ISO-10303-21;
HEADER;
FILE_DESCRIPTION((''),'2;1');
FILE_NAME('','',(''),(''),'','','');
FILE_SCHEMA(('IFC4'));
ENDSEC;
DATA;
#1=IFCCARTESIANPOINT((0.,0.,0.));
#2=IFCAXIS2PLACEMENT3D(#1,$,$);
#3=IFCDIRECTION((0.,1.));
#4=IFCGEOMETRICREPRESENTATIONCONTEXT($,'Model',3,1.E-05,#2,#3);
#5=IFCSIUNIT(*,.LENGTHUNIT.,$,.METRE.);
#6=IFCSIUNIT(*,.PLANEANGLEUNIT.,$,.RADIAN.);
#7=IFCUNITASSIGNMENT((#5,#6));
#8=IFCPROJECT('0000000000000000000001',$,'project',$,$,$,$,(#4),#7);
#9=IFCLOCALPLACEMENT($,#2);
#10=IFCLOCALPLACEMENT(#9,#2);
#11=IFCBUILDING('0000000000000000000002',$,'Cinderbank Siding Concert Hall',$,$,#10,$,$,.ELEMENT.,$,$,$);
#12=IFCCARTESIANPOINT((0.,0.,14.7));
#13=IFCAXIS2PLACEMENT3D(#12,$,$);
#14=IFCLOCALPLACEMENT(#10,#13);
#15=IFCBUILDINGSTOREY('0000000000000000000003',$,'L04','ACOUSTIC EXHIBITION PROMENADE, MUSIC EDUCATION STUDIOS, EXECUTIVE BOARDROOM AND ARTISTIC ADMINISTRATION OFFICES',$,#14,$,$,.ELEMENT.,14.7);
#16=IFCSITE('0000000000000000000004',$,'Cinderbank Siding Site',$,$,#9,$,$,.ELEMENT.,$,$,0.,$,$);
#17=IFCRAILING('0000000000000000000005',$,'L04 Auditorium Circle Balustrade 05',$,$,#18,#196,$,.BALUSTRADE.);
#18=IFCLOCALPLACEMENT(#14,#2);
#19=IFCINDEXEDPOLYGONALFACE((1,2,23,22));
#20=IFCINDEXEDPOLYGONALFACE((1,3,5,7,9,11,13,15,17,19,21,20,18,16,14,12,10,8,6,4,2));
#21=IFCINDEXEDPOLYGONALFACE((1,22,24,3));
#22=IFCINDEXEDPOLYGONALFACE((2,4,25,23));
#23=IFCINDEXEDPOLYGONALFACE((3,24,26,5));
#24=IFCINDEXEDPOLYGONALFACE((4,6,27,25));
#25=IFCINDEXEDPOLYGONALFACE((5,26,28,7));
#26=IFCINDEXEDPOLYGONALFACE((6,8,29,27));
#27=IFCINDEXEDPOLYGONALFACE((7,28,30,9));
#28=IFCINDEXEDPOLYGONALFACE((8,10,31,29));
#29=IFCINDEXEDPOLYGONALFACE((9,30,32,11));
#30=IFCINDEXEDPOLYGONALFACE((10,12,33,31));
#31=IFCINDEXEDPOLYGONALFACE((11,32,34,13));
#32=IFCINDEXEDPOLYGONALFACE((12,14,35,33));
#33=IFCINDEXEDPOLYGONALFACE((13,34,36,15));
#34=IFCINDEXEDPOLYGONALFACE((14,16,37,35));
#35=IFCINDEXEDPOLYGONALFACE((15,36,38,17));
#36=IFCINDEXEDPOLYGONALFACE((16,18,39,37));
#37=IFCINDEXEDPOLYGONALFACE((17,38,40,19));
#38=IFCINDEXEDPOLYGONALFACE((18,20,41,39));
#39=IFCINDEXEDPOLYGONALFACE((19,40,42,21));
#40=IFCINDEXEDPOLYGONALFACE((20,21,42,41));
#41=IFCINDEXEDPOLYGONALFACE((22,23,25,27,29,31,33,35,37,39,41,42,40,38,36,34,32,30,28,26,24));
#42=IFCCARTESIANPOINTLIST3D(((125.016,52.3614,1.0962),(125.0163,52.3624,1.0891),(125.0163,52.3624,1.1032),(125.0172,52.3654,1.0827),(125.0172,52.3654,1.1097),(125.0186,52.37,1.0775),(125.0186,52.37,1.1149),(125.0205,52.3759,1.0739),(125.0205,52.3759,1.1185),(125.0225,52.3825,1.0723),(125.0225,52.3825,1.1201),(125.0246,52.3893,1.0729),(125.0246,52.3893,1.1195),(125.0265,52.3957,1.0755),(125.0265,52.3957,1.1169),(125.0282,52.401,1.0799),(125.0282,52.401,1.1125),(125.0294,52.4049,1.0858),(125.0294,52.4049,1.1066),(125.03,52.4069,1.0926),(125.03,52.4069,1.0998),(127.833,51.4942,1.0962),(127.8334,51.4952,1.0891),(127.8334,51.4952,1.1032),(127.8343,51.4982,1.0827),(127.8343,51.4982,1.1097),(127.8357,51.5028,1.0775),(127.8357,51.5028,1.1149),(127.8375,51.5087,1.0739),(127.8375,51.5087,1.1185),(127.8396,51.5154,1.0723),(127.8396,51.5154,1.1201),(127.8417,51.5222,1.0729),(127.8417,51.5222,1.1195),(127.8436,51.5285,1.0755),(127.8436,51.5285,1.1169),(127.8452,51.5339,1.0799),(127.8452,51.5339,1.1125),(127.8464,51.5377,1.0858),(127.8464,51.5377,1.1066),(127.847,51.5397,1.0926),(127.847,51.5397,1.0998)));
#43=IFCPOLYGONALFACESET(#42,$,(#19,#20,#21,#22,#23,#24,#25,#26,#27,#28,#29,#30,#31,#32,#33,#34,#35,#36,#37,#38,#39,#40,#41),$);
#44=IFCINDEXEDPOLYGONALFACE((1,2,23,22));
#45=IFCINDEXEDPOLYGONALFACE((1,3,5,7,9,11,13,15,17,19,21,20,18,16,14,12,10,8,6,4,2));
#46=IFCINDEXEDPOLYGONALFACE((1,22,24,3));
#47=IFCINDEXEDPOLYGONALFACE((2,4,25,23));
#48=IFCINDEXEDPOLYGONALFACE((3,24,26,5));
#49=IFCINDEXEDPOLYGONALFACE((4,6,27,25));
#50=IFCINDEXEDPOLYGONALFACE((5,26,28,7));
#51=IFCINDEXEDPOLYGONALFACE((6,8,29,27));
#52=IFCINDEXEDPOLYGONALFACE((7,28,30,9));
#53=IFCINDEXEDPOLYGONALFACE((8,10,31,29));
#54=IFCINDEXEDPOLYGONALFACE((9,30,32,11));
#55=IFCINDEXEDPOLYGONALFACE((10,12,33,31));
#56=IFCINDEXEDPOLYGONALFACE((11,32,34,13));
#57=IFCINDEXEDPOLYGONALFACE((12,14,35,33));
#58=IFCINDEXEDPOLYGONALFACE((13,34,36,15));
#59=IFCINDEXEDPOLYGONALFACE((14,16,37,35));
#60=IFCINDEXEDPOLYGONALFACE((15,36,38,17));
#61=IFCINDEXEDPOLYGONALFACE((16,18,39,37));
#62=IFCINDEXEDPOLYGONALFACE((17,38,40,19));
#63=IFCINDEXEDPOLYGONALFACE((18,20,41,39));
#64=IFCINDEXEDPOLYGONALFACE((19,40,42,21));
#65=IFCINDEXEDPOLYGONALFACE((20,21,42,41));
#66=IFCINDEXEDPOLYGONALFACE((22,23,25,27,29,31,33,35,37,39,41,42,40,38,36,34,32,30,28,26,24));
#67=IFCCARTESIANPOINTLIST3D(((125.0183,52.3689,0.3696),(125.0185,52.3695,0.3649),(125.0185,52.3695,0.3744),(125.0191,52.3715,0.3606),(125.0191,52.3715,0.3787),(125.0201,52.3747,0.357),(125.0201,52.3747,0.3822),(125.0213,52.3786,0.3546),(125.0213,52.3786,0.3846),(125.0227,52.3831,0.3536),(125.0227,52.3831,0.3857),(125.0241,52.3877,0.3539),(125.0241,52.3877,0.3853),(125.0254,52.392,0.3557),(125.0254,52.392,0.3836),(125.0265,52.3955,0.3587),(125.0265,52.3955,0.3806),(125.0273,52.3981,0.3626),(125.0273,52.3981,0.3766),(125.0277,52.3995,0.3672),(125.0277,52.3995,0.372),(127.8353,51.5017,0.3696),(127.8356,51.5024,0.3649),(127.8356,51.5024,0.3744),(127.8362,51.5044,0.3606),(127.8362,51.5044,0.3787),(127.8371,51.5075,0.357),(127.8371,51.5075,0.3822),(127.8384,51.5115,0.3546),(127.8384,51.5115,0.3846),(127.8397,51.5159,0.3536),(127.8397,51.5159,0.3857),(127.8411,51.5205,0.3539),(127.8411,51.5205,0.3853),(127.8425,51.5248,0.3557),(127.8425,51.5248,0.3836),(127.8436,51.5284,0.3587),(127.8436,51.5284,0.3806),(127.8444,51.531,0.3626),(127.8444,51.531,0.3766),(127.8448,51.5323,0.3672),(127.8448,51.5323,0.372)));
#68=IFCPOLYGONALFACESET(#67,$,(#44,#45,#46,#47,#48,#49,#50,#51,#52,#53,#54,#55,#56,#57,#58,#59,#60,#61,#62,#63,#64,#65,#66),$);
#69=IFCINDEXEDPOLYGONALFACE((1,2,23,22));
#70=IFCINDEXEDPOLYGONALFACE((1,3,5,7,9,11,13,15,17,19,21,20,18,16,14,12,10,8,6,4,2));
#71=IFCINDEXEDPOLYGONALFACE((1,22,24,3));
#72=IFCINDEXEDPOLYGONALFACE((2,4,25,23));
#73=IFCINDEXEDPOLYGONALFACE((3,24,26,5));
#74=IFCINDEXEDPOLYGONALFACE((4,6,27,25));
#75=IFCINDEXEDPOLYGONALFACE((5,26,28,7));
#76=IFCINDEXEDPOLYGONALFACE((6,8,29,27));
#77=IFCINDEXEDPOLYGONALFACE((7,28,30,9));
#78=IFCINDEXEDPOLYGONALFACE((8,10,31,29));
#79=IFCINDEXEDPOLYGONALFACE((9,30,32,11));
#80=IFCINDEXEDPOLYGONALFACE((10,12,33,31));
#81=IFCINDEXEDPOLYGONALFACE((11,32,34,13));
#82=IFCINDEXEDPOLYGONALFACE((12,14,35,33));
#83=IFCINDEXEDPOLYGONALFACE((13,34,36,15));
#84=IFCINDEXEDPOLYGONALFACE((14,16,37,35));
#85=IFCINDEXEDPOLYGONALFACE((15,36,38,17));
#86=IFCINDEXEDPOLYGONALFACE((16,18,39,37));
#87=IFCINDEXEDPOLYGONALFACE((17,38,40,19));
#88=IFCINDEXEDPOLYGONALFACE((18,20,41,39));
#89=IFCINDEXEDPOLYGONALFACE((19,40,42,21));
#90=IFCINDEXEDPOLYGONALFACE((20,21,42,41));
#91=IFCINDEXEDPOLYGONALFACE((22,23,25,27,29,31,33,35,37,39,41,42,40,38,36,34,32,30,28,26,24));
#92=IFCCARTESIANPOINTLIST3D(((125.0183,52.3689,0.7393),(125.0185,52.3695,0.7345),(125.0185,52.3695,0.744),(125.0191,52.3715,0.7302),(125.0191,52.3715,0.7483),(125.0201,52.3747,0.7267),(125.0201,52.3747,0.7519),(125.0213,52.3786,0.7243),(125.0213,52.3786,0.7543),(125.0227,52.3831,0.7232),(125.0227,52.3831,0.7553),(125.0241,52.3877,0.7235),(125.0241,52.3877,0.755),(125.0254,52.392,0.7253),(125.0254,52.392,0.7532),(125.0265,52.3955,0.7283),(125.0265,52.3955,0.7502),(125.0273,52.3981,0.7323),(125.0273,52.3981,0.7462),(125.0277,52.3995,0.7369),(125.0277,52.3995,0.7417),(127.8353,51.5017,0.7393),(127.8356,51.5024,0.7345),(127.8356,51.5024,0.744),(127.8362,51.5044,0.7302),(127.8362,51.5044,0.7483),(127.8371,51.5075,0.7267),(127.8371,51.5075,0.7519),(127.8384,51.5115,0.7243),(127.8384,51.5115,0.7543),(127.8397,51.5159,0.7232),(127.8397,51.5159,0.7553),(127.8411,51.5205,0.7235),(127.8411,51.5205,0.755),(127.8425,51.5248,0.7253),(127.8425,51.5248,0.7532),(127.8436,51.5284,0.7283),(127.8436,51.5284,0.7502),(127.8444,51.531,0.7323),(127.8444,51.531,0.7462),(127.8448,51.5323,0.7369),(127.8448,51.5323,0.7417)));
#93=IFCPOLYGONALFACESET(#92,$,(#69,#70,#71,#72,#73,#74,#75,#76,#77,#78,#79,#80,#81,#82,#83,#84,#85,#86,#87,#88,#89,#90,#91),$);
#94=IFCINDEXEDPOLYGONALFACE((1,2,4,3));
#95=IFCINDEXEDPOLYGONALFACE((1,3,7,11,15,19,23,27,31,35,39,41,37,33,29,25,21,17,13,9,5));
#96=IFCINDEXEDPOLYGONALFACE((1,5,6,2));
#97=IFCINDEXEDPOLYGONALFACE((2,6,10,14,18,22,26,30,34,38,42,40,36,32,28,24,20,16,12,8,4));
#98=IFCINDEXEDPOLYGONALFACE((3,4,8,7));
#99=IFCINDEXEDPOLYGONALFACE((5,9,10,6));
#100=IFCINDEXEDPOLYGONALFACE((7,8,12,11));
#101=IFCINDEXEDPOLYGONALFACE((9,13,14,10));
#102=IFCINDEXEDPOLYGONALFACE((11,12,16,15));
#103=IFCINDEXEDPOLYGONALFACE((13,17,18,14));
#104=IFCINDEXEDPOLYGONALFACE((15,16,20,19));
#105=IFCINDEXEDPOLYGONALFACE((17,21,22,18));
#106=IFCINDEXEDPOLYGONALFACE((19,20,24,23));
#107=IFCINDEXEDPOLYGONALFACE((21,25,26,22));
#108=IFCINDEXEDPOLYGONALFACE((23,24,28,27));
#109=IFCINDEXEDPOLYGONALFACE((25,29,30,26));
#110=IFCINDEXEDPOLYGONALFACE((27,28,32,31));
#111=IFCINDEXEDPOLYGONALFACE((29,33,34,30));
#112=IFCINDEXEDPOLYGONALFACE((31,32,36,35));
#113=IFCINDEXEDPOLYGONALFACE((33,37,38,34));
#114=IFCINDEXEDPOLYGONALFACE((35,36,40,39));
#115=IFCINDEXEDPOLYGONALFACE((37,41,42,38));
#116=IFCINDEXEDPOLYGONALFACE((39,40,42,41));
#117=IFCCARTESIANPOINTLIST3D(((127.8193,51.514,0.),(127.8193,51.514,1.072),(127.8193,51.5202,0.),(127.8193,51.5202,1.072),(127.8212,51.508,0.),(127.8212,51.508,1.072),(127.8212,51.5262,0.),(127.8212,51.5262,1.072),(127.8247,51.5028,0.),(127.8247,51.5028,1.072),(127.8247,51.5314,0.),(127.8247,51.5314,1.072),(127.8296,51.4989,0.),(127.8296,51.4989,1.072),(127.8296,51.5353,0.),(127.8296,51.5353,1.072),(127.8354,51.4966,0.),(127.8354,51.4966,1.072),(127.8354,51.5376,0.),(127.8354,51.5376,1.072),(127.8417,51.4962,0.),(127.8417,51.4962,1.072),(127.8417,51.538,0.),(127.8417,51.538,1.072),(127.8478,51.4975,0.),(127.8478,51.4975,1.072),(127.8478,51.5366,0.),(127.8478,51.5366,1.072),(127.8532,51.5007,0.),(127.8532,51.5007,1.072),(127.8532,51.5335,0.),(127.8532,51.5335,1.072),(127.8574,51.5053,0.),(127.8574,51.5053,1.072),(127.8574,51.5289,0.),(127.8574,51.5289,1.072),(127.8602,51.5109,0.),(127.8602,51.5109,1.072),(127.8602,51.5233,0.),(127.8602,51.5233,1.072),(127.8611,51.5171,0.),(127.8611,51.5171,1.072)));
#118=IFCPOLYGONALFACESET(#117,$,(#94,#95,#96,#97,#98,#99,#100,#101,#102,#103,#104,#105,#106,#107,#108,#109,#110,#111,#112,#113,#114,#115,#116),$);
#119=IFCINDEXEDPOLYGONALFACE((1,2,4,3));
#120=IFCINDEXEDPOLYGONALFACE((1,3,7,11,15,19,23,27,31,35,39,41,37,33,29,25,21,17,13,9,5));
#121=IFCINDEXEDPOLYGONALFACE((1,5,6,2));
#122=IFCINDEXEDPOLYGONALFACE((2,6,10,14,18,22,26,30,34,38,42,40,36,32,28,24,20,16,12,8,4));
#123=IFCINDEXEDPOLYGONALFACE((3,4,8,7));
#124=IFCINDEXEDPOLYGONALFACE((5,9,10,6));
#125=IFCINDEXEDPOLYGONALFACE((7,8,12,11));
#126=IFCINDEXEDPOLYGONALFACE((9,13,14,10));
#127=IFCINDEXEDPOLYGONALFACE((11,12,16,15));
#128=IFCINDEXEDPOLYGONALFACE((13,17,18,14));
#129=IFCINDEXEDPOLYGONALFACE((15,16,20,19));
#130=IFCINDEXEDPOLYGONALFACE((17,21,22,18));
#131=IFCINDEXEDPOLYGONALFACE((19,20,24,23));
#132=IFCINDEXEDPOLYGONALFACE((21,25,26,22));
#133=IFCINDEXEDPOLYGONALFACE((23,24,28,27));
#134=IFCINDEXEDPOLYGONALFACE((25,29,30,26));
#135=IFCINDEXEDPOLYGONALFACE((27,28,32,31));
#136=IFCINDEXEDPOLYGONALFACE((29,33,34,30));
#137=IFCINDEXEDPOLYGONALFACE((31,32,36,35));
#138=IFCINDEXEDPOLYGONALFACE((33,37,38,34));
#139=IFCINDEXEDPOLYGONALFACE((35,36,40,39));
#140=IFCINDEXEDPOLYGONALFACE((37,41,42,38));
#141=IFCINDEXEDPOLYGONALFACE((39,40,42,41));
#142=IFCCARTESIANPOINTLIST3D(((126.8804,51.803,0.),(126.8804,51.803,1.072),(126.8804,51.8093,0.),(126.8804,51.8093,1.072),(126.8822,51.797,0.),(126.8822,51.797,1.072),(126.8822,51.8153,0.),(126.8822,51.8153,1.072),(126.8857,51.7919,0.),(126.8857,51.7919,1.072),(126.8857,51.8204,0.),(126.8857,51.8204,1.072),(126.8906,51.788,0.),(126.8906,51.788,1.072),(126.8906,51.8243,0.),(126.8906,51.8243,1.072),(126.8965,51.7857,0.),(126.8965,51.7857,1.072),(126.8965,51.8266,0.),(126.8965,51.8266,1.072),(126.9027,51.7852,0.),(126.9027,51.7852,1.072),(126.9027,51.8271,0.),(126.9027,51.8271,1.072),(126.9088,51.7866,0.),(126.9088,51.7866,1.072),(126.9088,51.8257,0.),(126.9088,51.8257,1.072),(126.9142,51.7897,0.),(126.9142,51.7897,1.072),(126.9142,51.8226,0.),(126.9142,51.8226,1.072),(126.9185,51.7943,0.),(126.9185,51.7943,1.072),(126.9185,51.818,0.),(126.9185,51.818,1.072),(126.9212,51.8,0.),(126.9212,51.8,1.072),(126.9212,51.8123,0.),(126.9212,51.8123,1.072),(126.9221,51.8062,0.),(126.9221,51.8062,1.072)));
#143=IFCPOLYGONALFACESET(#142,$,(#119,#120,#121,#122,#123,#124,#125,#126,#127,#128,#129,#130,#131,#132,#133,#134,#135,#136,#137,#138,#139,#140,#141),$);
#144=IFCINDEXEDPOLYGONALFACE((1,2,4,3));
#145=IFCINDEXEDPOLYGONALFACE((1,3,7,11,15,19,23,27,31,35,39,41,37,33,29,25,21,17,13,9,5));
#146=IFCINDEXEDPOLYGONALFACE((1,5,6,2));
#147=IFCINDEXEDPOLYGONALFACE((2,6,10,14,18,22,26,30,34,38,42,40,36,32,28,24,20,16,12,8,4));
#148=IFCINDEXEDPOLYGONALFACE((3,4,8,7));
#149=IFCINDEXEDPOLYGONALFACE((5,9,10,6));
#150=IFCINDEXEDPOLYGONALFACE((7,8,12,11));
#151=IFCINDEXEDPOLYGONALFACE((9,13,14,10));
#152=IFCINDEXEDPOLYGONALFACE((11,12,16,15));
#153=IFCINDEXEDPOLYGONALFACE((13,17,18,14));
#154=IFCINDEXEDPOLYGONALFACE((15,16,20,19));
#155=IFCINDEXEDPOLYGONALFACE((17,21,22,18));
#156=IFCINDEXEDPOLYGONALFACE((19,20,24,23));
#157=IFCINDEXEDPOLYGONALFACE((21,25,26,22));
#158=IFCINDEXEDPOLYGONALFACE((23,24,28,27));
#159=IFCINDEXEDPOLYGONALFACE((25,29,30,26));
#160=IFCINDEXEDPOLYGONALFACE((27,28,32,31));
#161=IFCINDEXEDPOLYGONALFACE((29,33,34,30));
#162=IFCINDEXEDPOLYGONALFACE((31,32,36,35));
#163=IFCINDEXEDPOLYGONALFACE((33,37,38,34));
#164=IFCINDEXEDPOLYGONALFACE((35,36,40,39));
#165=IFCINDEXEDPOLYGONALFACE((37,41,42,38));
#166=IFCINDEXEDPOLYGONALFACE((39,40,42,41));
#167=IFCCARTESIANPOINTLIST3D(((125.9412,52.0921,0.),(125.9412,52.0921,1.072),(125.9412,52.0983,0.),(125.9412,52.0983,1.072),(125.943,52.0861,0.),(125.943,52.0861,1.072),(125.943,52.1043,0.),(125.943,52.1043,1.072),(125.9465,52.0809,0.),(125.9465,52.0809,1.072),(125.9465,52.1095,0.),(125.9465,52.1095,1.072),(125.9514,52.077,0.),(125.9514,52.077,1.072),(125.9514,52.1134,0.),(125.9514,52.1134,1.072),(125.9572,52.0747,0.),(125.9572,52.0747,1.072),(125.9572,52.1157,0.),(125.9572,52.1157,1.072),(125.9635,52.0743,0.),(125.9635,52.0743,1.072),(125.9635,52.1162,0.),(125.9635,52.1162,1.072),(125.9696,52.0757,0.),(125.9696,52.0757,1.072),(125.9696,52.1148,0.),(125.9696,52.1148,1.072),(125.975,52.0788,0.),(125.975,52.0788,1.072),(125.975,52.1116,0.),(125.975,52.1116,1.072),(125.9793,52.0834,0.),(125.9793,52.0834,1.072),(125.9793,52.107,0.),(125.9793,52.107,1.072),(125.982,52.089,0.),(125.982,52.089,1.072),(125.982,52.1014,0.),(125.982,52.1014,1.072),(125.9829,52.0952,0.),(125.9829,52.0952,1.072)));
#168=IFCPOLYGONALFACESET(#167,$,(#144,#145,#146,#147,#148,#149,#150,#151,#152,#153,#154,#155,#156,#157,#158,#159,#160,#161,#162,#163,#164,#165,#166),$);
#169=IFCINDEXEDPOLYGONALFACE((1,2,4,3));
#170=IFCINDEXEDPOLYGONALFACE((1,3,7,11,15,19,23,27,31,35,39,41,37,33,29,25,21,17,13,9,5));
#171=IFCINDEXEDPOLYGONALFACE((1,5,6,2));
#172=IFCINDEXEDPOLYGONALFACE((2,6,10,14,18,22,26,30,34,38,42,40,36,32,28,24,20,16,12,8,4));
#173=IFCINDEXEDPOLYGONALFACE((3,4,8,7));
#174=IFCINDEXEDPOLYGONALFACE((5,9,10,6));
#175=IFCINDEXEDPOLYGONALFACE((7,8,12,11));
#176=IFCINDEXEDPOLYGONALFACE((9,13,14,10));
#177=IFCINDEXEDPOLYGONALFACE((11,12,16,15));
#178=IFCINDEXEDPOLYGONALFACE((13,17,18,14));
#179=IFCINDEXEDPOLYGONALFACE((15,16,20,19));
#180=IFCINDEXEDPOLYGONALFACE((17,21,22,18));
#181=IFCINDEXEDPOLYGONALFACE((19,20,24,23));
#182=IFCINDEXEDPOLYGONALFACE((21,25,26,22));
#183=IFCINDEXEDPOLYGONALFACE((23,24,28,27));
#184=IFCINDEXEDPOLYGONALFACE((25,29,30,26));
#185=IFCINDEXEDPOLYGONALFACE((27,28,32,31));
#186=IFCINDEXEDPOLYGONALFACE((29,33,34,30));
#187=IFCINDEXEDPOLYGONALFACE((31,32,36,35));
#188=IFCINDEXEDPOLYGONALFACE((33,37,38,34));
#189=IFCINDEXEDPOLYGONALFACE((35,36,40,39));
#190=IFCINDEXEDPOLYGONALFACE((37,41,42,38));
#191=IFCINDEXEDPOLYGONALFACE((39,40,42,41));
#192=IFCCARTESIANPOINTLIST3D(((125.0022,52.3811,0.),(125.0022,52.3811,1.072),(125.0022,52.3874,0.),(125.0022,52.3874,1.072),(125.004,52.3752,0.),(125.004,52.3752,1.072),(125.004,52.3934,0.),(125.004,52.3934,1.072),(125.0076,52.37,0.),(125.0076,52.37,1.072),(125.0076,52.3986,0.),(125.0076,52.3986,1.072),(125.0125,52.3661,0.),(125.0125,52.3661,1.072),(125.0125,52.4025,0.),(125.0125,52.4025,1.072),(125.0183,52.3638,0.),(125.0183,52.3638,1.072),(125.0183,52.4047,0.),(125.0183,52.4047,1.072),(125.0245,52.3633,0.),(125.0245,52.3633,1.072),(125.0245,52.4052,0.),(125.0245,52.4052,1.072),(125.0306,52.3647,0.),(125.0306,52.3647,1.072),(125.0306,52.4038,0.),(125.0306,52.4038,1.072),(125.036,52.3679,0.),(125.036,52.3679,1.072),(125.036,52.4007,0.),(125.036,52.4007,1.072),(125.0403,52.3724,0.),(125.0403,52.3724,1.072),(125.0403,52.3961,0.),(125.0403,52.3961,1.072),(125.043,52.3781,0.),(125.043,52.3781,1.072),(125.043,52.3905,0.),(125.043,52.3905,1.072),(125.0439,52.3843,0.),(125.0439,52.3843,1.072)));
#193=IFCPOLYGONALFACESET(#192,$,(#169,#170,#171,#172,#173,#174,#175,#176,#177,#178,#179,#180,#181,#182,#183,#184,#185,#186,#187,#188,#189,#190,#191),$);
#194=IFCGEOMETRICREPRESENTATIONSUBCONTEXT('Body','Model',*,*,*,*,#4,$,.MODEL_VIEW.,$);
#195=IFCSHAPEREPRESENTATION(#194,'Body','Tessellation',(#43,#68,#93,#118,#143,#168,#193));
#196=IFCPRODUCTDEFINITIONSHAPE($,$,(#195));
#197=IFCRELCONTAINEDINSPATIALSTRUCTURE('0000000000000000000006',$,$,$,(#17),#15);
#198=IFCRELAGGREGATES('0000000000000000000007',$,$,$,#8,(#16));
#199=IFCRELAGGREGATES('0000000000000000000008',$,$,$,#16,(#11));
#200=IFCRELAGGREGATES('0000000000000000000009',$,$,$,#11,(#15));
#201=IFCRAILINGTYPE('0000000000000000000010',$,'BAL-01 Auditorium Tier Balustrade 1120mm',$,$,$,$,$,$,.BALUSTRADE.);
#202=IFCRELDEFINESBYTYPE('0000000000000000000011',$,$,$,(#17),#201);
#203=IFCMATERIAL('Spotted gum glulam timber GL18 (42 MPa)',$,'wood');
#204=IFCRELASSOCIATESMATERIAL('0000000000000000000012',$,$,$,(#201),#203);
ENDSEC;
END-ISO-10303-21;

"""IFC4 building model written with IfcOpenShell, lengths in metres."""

from ifc_helpers import new_model, si_unit, direction, frame, origin, origin_2d, place, context, subcontext, project, spatial, circle, extrude, material, type_object, element, save


model = new_model("IFC4")

# Units and contexts
model_context = context("Model", 3, precision=1e-05, world=origin(), true_north=direction((0.0, 1.0)))
body_context = subcontext(model_context, "Body", "Model", "MODEL_VIEW")
ifc_project = project(units=[si_unit("LENGTHUNIT", "METRE"), si_unit("PLANEANGLEUNIT", "RADIAN")], contexts=[model_context])

# Site, building, storey
site_placement = place(None, origin())
site = spatial("IfcSite", under=ifc_project, at=site_placement, Name="Cinderbank Siding Site", CompositionType="ELEMENT", RefElevation=0.0)
building_placement = place(site_placement, origin())
building = spatial("IfcBuilding", under=site, at=building_placement, Name="Cinderbank Siding Concert Hall", CompositionType="ELEMENT")
storey_placement = place(building_placement, frame((0.0, 0.0, 14.7)))
storey = spatial("IfcBuildingStorey", under=building, at=storey_placement, Name="L04", Description="ACOUSTIC EXHIBITION PROMENADE, MUSIC EDUCATION STUDIOS, EXECUTIVE BOARDROOM AND ARTISTIC ADMINISTRATION OFFICES", CompositionType="ELEMENT", Elevation=14.7)

# Shared definitions
ifc_material_1 = material(Name="Spotted gum glulam timber GL18 (42 MPa)", Category="wood")

# Railing
railing_type = type_object("IfcRailingType", Name="BAL-01 Auditorium Tier Balustrade 1120mm", PredefinedType="BALUSTRADE", material=ifc_material_1)
railing_1_placement = place(storey_placement, frame((127.8401, 51.5171, 0.0)))
element("IfcRailing", 1, at=railing_1_placement, inside=storey, type_object=railing_type, Name="L04 Auditorium Circle Balustrade 05", PredefinedType="BALUSTRADE", context=body_context, shape_type="SweptSolid", body=[
    extrude(circle(Radius=0.0239, at=origin_2d()), frame((0.0, 0.0, 1.0962), z_axis=(-0.955743, 0.294202, 0.0), x_axis=(-0.294202, -0.955743, 0.0)), (0.0, 0.0, 1.0), 2.9475),
    extrude(circle(Radius=0.0161, at=origin_2d()), frame((0.0, 0.0, 0.3696), z_axis=(-0.955743, 0.294202, 0.0), x_axis=(-0.294202, -0.955743, 0.0)), (0.0, 0.0, 1.0), 2.9475),
    extrude(circle(Radius=0.0161, at=origin_2d()), frame((0.0, 0.0, 0.7393), z_axis=(-0.955743, 0.294202, 0.0), x_axis=(-0.294202, -0.955743, 0.0)), (0.0, 0.0, 1.0), 2.9475),
    extrude(circle(Radius=0.021, at=origin_2d()), origin(), (0.0, 0.0, 1.0), 1.072),
    extrude(circle(Radius=0.021, at=origin_2d()), frame((-0.939, 0.2891, 0.0)), (0.0, 0.0, 1.0), 1.072),
    extrude(circle(Radius=0.021, at=origin_2d()), frame((-1.8782, 0.5781, 0.0)), (0.0, 0.0, 1.0), 1.072),
    extrude(circle(Radius=0.021, at=origin_2d()), frame((-2.8171, 0.8672, 0.0)), (0.0, 0.0, 1.0), 1.072),
])

save(model, "model.ifc")
